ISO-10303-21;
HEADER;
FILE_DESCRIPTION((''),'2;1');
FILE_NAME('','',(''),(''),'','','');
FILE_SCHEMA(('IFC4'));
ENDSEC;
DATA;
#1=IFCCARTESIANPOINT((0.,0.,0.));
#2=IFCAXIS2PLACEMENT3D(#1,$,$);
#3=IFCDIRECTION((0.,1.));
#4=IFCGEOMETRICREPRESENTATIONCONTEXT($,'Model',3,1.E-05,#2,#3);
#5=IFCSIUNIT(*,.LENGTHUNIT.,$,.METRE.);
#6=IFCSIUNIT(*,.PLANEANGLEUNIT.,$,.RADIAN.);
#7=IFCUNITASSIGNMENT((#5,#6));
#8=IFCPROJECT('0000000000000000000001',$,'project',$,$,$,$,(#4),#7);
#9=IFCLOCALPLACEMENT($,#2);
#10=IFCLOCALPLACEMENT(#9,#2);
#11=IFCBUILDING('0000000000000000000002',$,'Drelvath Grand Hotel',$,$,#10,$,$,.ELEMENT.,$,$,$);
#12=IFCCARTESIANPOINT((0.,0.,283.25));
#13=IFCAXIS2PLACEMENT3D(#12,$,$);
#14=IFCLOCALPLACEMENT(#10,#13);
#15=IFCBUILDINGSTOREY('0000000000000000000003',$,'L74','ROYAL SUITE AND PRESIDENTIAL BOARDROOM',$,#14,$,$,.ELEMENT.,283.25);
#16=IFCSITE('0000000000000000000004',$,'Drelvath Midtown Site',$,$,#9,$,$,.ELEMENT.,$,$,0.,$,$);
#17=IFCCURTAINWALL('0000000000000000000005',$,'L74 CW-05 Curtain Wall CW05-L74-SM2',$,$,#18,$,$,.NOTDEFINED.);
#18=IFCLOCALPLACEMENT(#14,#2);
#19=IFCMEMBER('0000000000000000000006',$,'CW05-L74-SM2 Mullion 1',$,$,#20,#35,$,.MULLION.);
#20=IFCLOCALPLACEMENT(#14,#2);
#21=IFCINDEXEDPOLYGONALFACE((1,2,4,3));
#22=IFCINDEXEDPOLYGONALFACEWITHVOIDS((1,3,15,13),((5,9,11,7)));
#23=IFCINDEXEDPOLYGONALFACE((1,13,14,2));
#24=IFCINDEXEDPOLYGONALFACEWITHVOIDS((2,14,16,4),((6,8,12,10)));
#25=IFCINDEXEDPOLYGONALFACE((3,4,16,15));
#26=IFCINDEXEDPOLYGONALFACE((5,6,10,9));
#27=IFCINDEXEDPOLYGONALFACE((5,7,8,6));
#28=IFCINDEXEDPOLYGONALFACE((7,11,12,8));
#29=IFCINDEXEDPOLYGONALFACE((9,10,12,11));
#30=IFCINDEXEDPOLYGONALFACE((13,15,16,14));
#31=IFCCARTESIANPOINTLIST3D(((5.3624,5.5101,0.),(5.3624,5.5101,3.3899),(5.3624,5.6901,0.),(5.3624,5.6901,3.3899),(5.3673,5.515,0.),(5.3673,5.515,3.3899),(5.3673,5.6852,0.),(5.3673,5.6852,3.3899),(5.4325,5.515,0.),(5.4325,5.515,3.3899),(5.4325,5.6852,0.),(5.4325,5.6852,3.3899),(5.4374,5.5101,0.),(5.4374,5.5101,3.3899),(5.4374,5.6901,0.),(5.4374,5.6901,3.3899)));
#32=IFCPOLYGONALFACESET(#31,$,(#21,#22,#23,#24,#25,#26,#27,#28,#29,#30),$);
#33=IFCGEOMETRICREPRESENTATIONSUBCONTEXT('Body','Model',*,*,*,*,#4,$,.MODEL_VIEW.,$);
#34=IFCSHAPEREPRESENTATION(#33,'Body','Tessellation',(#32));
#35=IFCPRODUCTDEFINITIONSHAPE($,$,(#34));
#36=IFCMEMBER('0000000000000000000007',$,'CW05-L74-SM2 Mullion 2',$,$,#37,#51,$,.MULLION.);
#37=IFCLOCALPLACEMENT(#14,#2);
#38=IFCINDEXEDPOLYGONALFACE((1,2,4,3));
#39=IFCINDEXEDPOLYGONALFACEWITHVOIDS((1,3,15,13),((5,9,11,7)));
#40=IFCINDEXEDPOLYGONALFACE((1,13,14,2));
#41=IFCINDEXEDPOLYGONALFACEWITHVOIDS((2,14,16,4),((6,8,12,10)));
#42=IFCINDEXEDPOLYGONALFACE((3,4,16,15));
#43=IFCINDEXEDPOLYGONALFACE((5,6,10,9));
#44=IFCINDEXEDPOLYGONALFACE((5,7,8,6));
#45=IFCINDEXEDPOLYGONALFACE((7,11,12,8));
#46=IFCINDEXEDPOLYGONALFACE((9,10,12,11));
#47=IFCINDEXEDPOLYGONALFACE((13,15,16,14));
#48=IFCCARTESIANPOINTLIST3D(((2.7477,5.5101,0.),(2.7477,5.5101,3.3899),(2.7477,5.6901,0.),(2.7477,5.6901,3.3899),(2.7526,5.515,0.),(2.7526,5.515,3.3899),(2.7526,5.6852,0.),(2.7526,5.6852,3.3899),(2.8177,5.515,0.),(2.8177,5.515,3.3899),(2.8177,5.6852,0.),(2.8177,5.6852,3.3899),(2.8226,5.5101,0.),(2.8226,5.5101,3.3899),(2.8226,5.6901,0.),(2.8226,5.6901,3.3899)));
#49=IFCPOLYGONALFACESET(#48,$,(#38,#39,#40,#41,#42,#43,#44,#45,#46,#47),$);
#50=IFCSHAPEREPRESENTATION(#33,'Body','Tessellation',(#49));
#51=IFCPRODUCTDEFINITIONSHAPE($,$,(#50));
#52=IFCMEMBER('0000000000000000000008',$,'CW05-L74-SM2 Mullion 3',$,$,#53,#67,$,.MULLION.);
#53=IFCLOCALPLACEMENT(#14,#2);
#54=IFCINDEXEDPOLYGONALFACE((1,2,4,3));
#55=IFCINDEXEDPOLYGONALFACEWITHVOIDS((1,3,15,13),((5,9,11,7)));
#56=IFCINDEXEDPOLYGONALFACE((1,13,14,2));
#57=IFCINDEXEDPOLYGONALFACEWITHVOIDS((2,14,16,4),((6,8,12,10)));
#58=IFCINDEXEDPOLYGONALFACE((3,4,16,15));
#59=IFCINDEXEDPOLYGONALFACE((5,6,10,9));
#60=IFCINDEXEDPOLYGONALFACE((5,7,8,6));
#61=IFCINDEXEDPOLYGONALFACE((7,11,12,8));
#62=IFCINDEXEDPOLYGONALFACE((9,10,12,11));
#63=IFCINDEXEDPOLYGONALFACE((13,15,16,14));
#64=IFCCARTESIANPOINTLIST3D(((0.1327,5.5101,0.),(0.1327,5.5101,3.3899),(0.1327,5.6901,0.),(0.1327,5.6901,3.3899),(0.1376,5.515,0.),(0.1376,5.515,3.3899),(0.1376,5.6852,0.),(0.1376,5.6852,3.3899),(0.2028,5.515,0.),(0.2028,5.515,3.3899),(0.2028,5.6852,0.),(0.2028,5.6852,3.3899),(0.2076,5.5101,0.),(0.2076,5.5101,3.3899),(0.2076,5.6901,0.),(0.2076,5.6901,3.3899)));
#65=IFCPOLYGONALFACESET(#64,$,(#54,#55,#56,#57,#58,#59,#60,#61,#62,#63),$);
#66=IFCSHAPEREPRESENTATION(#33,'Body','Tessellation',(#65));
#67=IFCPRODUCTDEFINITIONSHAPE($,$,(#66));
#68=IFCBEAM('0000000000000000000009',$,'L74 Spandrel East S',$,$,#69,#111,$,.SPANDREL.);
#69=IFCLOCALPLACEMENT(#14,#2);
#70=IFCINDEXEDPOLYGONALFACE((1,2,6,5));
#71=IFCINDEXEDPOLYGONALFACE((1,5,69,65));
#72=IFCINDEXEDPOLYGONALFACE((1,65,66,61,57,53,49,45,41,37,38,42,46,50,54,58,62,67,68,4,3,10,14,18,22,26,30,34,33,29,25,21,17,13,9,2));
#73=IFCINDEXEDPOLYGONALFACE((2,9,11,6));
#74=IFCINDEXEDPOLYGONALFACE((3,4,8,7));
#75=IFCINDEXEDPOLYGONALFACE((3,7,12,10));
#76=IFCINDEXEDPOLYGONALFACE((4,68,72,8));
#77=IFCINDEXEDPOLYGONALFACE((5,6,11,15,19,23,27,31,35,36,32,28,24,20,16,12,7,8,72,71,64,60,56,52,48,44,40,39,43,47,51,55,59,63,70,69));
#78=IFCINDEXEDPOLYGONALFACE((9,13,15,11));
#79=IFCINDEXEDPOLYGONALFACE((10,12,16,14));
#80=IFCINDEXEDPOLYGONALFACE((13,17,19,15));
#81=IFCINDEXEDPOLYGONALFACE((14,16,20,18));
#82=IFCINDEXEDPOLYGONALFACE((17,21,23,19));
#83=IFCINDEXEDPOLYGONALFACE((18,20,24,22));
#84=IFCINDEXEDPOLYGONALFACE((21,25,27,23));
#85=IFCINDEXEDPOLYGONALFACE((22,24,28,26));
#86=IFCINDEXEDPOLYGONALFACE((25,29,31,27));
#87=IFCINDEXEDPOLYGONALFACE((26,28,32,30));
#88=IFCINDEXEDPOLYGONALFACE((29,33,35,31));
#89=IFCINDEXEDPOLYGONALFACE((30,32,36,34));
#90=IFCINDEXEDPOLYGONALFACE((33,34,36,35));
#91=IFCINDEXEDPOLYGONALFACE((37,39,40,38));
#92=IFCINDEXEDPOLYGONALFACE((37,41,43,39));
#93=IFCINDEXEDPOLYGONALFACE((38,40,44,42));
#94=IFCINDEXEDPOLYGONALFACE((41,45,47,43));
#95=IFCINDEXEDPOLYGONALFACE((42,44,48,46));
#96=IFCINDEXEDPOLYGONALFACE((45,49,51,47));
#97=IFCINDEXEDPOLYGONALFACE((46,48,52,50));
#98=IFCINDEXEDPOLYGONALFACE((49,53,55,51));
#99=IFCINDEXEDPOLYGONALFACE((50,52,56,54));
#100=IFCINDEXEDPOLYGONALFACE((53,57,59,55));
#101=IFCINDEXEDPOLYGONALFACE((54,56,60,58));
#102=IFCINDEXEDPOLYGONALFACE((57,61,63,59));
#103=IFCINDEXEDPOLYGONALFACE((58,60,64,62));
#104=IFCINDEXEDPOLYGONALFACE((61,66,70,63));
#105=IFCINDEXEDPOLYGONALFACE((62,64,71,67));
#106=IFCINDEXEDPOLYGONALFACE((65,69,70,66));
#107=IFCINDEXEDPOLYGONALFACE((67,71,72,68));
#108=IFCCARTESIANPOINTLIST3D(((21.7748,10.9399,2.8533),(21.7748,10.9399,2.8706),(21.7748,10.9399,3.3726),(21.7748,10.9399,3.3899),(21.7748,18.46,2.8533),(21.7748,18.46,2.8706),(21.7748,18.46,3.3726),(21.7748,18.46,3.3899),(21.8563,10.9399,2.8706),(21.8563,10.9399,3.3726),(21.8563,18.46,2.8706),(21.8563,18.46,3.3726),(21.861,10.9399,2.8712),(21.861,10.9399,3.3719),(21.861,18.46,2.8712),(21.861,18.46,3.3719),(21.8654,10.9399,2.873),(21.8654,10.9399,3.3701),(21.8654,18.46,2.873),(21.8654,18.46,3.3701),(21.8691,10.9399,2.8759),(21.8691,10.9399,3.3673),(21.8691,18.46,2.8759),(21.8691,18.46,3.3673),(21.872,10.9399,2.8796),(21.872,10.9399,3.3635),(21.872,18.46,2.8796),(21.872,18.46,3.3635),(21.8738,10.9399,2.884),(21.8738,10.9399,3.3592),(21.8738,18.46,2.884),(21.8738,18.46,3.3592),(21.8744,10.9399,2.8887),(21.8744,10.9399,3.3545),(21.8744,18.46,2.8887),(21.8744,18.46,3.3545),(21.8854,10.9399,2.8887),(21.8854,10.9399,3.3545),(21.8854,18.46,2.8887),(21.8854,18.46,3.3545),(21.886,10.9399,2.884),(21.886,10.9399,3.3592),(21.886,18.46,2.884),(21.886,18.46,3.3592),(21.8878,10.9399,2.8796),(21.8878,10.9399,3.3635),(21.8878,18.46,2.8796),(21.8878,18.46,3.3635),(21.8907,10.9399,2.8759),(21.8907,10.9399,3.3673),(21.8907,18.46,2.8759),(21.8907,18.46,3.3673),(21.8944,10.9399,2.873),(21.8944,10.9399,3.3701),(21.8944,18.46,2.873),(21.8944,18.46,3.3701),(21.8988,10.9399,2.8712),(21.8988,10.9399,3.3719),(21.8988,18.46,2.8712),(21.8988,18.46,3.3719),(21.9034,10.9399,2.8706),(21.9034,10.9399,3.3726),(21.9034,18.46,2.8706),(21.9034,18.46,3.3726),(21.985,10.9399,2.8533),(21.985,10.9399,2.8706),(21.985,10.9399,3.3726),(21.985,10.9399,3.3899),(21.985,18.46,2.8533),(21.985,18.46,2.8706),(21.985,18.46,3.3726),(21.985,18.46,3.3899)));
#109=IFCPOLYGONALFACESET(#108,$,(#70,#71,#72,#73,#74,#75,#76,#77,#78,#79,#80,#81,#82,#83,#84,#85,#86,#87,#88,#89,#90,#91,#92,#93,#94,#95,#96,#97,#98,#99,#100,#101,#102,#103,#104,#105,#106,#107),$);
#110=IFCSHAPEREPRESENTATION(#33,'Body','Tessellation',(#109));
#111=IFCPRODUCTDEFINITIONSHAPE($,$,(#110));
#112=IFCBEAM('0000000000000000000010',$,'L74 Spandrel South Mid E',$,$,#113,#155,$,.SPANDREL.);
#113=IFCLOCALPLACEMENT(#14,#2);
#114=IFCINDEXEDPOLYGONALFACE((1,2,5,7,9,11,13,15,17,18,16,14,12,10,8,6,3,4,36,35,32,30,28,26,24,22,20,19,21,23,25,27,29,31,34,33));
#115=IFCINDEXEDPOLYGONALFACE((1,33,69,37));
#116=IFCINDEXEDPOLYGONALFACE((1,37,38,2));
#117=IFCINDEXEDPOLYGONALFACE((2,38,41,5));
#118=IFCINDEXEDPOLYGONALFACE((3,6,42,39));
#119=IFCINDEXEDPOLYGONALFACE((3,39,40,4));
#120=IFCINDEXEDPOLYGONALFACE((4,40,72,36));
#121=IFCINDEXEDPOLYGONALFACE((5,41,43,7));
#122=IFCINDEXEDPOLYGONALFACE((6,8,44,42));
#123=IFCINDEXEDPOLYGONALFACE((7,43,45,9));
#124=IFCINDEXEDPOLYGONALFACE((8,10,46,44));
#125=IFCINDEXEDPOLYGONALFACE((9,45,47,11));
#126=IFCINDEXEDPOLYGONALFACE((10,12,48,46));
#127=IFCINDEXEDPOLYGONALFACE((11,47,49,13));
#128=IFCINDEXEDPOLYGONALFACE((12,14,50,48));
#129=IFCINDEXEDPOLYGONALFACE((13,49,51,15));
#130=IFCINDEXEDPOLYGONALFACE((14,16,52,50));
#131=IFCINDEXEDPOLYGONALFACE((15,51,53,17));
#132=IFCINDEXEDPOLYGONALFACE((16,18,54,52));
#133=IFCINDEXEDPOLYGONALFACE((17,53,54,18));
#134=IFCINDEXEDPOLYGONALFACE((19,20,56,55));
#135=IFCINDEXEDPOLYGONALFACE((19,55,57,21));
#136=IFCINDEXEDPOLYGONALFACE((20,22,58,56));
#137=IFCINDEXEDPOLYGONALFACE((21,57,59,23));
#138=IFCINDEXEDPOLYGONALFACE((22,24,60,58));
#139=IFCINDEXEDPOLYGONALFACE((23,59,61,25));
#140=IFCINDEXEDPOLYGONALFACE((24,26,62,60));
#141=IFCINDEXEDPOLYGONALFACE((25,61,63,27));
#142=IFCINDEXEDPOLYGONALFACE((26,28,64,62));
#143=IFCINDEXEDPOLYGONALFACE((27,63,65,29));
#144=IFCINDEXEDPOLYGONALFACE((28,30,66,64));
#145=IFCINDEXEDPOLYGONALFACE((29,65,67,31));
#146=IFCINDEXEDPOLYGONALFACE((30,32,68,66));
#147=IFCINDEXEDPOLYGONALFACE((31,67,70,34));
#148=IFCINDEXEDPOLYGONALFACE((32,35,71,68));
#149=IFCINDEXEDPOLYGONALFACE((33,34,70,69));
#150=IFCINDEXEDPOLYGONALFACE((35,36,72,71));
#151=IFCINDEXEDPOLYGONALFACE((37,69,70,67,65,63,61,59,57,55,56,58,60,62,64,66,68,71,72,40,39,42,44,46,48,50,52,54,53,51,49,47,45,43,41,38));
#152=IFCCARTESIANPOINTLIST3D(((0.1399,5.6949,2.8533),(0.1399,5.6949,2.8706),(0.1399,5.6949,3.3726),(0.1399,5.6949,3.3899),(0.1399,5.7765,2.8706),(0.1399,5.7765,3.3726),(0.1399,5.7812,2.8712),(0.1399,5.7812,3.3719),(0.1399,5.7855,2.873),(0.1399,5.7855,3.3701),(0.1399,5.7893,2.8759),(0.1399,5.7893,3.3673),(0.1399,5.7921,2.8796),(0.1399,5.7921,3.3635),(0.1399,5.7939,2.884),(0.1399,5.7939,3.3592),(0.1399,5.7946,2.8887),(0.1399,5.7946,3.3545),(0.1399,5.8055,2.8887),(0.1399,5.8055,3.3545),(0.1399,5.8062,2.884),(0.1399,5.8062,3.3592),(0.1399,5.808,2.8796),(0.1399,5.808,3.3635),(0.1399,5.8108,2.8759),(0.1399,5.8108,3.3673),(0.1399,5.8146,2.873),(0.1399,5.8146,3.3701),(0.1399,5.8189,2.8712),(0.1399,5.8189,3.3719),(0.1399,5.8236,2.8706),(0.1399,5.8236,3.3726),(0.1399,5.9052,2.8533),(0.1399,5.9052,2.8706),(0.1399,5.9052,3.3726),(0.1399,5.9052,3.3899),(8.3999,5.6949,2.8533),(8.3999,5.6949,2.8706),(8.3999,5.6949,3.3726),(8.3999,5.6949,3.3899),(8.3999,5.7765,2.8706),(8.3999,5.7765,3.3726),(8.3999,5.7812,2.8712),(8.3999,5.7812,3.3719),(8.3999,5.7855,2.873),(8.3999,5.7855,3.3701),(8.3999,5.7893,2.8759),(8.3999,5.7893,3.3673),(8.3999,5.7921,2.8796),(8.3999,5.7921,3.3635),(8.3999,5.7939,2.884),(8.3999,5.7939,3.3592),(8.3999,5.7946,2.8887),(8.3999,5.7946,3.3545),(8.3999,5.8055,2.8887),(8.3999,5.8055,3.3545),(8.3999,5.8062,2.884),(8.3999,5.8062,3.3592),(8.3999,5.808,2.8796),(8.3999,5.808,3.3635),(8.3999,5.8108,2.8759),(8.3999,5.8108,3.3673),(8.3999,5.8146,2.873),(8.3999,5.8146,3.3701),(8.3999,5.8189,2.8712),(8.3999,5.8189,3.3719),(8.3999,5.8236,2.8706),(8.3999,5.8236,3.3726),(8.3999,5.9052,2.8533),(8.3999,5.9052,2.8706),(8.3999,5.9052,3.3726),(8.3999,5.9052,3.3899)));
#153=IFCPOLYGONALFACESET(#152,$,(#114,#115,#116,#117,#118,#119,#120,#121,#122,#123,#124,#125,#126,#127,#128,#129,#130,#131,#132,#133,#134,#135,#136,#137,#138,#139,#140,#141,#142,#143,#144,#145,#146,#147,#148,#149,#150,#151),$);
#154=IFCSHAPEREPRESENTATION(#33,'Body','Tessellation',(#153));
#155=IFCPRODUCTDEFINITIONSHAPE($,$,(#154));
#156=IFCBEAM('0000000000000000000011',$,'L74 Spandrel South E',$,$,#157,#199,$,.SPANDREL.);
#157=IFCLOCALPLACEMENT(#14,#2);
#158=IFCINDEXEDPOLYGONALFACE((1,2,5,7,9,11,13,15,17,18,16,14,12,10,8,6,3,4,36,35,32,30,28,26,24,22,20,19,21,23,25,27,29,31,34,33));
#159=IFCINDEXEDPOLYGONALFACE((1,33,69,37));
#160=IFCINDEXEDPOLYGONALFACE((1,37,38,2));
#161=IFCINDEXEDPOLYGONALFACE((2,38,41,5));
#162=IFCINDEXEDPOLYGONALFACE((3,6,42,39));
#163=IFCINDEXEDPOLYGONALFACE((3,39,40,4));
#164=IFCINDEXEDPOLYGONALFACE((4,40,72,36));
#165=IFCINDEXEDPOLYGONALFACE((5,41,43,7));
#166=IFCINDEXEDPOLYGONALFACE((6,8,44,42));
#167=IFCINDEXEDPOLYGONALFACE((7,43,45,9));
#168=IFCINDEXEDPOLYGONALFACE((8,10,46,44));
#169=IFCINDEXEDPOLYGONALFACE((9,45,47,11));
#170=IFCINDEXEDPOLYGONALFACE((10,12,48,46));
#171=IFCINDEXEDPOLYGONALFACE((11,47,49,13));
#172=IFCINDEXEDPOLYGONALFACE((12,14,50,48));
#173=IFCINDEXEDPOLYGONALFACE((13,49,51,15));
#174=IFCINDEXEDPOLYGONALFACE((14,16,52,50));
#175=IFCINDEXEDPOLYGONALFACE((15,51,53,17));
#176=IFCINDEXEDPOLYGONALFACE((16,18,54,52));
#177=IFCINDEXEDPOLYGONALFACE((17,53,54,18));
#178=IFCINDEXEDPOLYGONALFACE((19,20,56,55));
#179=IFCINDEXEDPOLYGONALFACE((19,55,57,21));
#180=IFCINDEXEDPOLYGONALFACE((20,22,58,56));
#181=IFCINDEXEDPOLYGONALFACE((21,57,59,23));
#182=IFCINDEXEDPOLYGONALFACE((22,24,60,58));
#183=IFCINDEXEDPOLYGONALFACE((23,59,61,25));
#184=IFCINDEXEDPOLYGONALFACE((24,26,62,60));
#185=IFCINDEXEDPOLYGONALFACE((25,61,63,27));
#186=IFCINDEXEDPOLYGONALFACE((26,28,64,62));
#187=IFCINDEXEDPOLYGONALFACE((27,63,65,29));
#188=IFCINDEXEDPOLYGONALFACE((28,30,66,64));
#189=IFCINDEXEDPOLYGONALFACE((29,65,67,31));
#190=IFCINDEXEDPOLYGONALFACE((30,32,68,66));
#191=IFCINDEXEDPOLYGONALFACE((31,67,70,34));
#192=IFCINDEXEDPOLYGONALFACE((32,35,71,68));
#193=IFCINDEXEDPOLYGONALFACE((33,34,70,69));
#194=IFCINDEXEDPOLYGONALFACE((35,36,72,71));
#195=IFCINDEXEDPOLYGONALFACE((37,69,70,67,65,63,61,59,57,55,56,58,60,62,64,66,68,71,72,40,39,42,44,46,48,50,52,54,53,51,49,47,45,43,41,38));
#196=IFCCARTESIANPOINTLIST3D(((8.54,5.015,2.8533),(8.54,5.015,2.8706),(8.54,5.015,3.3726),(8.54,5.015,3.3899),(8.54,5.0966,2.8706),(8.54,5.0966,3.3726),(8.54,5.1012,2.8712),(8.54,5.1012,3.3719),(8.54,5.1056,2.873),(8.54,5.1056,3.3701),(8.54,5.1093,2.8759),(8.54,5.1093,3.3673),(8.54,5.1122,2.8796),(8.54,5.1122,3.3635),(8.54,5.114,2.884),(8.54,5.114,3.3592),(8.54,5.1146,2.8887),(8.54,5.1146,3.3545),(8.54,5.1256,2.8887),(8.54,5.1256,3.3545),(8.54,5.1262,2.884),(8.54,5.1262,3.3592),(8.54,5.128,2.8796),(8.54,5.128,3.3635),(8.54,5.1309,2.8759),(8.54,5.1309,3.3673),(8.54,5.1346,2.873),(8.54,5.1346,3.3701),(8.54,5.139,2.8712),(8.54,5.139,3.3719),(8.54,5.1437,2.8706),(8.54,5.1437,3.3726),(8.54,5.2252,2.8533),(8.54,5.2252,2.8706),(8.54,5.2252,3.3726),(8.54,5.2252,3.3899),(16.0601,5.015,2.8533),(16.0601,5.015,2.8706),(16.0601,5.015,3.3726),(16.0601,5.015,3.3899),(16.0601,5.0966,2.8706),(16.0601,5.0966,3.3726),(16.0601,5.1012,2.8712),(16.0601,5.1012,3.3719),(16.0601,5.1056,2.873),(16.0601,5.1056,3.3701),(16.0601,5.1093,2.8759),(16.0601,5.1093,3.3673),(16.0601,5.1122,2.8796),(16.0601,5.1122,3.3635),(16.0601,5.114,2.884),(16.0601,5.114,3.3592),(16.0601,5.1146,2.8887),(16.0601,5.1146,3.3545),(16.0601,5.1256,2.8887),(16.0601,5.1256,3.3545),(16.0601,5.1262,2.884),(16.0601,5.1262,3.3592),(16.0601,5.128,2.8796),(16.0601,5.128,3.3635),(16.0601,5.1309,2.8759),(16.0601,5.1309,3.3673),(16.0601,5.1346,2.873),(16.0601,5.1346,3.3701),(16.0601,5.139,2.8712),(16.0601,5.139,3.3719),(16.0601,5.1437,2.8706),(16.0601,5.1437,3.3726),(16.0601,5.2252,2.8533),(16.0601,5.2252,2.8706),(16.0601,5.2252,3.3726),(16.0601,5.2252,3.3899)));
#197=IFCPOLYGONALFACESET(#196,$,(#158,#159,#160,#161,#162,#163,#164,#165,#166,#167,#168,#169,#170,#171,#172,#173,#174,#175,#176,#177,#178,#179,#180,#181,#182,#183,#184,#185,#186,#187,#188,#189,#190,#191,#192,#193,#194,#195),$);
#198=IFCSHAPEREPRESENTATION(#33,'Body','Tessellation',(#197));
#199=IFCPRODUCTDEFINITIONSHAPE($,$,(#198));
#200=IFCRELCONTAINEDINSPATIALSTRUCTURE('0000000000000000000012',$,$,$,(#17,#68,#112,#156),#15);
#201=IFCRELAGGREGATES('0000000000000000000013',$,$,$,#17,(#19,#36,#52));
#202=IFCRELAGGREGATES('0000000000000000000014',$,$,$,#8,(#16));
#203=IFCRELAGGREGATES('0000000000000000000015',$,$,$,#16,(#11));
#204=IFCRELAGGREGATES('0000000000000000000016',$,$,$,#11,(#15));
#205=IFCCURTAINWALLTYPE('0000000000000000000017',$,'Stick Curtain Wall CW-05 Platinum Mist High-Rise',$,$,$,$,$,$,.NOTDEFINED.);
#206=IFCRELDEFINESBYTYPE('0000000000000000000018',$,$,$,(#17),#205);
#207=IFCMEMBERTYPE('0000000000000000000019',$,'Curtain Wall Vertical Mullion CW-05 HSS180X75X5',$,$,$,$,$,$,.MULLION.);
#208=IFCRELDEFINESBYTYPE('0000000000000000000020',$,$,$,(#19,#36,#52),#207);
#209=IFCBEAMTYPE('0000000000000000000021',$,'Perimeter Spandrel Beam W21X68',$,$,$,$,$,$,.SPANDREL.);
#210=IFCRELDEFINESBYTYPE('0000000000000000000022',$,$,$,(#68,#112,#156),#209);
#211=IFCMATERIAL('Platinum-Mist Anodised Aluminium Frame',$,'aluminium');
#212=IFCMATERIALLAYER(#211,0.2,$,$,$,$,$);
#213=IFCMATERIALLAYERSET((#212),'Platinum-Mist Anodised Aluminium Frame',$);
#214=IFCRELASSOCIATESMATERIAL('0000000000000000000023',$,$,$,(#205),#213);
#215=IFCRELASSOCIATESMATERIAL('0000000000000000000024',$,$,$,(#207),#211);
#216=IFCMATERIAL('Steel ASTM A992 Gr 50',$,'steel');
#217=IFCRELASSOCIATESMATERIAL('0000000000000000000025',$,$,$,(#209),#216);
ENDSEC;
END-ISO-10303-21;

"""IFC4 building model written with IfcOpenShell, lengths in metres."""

from ifc_helpers import new_model, si_unit, direction, frame, origin, origin_2d, place, context, subcontext, project, spatial, hollow_rectangle, i_section, extrude, material, layer, layer_set, material_profile, profile_set, type_object, element, aggregate, save


model = new_model("IFC4")

# Units and contexts
model_context = context("Model", 3, precision=1e-05, world=origin(), true_north=direction((0.0, 1.0)))
body_context = subcontext(model_context, "Body", "Model", "MODEL_VIEW")
ifc_project = project(units=[si_unit("LENGTHUNIT", "METRE"), si_unit("PLANEANGLEUNIT", "RADIAN")], contexts=[model_context])

# Site, building, storey
site_placement = place(None, origin())
site = spatial("IfcSite", under=ifc_project, at=site_placement, Name="Drelvath Midtown Site", CompositionType="ELEMENT", RefElevation=0.0)
building_placement = place(site_placement, origin())
building = spatial("IfcBuilding", under=site, at=building_placement, Name="Drelvath Grand Hotel", CompositionType="ELEMENT")
storey_placement = place(building_placement, frame((0.0, 0.0, 283.25)))
storey = spatial("IfcBuildingStorey", under=building, at=storey_placement, Name="L74", Description="ROYAL SUITE AND PRESIDENTIAL BOARDROOM", CompositionType="ELEMENT", Elevation=283.25)

# Shared definitions
ifc_material_1 = material(Name="Steel ASTM A992 Gr 50", Category="steel")

# Curtain wall
ifc_material_2 = material(Name="Platinum-Mist Anodised Aluminium Frame", Category="aluminium")
ifc_layer_1 = layer(ifc_material_2, 0.2)
ifc_layer_set_1 = layer_set([ifc_layer_1], Name="Platinum-Mist Anodised Aluminium Frame")
curtain_wall_type = type_object("IfcCurtainWallType", Name="Stick Curtain Wall CW-05 Platinum Mist High-Rise", PredefinedType="NOTDEFINED", material=ifc_layer_set_1)
curtain_wall_1_placement = place(storey_placement, origin())
curtain_wall_1 = element("IfcCurtainWall", 1, at=curtain_wall_1_placement, inside=storey, type_object=curtain_wall_type, Name="L74 CW-05 Curtain Wall CW05-L74-SM2", PredefinedType="NOTDEFINED")

# Members
ifc_material_profile_1 = material_profile(ifc_material_2, hollow_rectangle(XDim=0.075, YDim=0.1799, WallThickness=0.0049, at=origin_2d()), Name="HSS180X75X5")
ifc_profile_set_1 = profile_set([ifc_material_profile_1], Name="Platinum-Mist Anodised Aluminium Frame")
member_type_1 = type_object("IfcMemberType", Name="Curtain Wall Vertical Mullion CW-05 HSS180X75X5", PredefinedType="MULLION", material=ifc_profile_set_1)
member_1_placement = place(storey_placement, frame((5.3999, 5.6001, 0.0), z_axis=(0.0, 0.0, 1.0), x_axis=(1.0, 0.0, 0.0)))
member_1 = element("IfcMember", 2, at=member_1_placement, type_object=member_type_1, Name="CW05-L74-SM2 Mullion 1", PredefinedType="MULLION", context=body_context, shape_type="SweptSolid", body=[
    extrude(hollow_rectangle(XDim=0.075, YDim=0.1799, WallThickness=0.0049, at=origin_2d()), origin(), (0.0, 0.0, 1.0), 3.3899),
])
member_2_placement = place(storey_placement, frame((2.7852, 5.6001, 0.0), z_axis=(0.0, 0.0, 1.0), x_axis=(1.0, 0.0, 0.0)))
member_2 = element("IfcMember", 3, at=member_2_placement, type_object=member_type_1, Name="CW05-L74-SM2 Mullion 2", PredefinedType="MULLION", context=body_context, shape_type="SweptSolid", body=[
    extrude(hollow_rectangle(XDim=0.075, YDim=0.1799, WallThickness=0.0049, at=origin_2d()), origin(), (0.0, 0.0, 1.0), 3.3899),
])
member_3_placement = place(storey_placement, frame((0.1702, 5.6001, 0.0), z_axis=(0.0, 0.0, 1.0), x_axis=(1.0, 0.0, 0.0)))
member_3 = element("IfcMember", 4, at=member_3_placement, type_object=member_type_1, Name="CW05-L74-SM2 Mullion 3", PredefinedType="MULLION", context=body_context, shape_type="SweptSolid", body=[
    extrude(hollow_rectangle(XDim=0.075, YDim=0.1799, WallThickness=0.0049, at=origin_2d()), origin(), (0.0, 0.0, 1.0), 3.3899),
])

# Beams
ifc_material_profile_2 = material_profile(ifc_material_1, i_section(OverallWidth=0.2102, OverallDepth=0.5366, WebThickness=0.011, FlangeThickness=0.0173, FilletRadius=0.0181, at=origin_2d()), Name="W21X68")
ifc_profile_set_2 = profile_set([ifc_material_profile_2], Name="Steel ASTM A992 Gr 50")
beam_type_1 = type_object("IfcBeamType", Name="Perimeter Spandrel Beam W21X68", PredefinedType="SPANDREL", material=ifc_profile_set_2)
beam_1_placement = place(storey_placement, frame((21.8799, 10.9399, 3.1216), z_axis=(0.0, 1.0, 0.0), x_axis=(-1.0, 0.0, 0.0)))
element("IfcBeam", 5, at=beam_1_placement, inside=storey, type_object=beam_type_1, Name="L74 Spandrel East S", PredefinedType="SPANDREL", context=body_context, shape_type="SweptSolid", body=[
    extrude(i_section(OverallWidth=0.2102, OverallDepth=0.5366, WebThickness=0.011, FlangeThickness=0.0173, FilletRadius=0.0181, at=origin_2d()), origin(), (0.0, 0.0, 1.0), 7.52),
])
beam_2_placement = place(storey_placement, frame((0.1399, 5.8, 3.1216), z_axis=(1.0, 0.0, 0.0), x_axis=(0.0, 1.0, 0.0)))
element("IfcBeam", 6, at=beam_2_placement, inside=storey, type_object=beam_type_1, Name="L74 Spandrel South Mid E", PredefinedType="SPANDREL", context=body_context, shape_type="SweptSolid", body=[
    extrude(i_section(OverallWidth=0.2102, OverallDepth=0.5366, WebThickness=0.011, FlangeThickness=0.0173, FilletRadius=0.0181, at=origin_2d()), origin(), (0.0, 0.0, 1.0), 8.26),
])
beam_3_placement = place(storey_placement, frame((8.54, 5.1201, 3.1216), z_axis=(1.0, 0.0, 0.0), x_axis=(0.0, 1.0, 0.0)))
element("IfcBeam", 7, at=beam_3_placement, inside=storey, type_object=beam_type_1, Name="L74 Spandrel South E", PredefinedType="SPANDREL", context=body_context, shape_type="SweptSolid", body=[
    extrude(i_section(OverallWidth=0.2102, OverallDepth=0.5366, WebThickness=0.011, FlangeThickness=0.0173, FilletRadius=0.0181, at=origin_2d()), origin(), (0.0, 0.0, 1.0), 7.52),
])

aggregate(curtain_wall_1, [member_1, member_2, member_3])

save(model, "model.ifc")
